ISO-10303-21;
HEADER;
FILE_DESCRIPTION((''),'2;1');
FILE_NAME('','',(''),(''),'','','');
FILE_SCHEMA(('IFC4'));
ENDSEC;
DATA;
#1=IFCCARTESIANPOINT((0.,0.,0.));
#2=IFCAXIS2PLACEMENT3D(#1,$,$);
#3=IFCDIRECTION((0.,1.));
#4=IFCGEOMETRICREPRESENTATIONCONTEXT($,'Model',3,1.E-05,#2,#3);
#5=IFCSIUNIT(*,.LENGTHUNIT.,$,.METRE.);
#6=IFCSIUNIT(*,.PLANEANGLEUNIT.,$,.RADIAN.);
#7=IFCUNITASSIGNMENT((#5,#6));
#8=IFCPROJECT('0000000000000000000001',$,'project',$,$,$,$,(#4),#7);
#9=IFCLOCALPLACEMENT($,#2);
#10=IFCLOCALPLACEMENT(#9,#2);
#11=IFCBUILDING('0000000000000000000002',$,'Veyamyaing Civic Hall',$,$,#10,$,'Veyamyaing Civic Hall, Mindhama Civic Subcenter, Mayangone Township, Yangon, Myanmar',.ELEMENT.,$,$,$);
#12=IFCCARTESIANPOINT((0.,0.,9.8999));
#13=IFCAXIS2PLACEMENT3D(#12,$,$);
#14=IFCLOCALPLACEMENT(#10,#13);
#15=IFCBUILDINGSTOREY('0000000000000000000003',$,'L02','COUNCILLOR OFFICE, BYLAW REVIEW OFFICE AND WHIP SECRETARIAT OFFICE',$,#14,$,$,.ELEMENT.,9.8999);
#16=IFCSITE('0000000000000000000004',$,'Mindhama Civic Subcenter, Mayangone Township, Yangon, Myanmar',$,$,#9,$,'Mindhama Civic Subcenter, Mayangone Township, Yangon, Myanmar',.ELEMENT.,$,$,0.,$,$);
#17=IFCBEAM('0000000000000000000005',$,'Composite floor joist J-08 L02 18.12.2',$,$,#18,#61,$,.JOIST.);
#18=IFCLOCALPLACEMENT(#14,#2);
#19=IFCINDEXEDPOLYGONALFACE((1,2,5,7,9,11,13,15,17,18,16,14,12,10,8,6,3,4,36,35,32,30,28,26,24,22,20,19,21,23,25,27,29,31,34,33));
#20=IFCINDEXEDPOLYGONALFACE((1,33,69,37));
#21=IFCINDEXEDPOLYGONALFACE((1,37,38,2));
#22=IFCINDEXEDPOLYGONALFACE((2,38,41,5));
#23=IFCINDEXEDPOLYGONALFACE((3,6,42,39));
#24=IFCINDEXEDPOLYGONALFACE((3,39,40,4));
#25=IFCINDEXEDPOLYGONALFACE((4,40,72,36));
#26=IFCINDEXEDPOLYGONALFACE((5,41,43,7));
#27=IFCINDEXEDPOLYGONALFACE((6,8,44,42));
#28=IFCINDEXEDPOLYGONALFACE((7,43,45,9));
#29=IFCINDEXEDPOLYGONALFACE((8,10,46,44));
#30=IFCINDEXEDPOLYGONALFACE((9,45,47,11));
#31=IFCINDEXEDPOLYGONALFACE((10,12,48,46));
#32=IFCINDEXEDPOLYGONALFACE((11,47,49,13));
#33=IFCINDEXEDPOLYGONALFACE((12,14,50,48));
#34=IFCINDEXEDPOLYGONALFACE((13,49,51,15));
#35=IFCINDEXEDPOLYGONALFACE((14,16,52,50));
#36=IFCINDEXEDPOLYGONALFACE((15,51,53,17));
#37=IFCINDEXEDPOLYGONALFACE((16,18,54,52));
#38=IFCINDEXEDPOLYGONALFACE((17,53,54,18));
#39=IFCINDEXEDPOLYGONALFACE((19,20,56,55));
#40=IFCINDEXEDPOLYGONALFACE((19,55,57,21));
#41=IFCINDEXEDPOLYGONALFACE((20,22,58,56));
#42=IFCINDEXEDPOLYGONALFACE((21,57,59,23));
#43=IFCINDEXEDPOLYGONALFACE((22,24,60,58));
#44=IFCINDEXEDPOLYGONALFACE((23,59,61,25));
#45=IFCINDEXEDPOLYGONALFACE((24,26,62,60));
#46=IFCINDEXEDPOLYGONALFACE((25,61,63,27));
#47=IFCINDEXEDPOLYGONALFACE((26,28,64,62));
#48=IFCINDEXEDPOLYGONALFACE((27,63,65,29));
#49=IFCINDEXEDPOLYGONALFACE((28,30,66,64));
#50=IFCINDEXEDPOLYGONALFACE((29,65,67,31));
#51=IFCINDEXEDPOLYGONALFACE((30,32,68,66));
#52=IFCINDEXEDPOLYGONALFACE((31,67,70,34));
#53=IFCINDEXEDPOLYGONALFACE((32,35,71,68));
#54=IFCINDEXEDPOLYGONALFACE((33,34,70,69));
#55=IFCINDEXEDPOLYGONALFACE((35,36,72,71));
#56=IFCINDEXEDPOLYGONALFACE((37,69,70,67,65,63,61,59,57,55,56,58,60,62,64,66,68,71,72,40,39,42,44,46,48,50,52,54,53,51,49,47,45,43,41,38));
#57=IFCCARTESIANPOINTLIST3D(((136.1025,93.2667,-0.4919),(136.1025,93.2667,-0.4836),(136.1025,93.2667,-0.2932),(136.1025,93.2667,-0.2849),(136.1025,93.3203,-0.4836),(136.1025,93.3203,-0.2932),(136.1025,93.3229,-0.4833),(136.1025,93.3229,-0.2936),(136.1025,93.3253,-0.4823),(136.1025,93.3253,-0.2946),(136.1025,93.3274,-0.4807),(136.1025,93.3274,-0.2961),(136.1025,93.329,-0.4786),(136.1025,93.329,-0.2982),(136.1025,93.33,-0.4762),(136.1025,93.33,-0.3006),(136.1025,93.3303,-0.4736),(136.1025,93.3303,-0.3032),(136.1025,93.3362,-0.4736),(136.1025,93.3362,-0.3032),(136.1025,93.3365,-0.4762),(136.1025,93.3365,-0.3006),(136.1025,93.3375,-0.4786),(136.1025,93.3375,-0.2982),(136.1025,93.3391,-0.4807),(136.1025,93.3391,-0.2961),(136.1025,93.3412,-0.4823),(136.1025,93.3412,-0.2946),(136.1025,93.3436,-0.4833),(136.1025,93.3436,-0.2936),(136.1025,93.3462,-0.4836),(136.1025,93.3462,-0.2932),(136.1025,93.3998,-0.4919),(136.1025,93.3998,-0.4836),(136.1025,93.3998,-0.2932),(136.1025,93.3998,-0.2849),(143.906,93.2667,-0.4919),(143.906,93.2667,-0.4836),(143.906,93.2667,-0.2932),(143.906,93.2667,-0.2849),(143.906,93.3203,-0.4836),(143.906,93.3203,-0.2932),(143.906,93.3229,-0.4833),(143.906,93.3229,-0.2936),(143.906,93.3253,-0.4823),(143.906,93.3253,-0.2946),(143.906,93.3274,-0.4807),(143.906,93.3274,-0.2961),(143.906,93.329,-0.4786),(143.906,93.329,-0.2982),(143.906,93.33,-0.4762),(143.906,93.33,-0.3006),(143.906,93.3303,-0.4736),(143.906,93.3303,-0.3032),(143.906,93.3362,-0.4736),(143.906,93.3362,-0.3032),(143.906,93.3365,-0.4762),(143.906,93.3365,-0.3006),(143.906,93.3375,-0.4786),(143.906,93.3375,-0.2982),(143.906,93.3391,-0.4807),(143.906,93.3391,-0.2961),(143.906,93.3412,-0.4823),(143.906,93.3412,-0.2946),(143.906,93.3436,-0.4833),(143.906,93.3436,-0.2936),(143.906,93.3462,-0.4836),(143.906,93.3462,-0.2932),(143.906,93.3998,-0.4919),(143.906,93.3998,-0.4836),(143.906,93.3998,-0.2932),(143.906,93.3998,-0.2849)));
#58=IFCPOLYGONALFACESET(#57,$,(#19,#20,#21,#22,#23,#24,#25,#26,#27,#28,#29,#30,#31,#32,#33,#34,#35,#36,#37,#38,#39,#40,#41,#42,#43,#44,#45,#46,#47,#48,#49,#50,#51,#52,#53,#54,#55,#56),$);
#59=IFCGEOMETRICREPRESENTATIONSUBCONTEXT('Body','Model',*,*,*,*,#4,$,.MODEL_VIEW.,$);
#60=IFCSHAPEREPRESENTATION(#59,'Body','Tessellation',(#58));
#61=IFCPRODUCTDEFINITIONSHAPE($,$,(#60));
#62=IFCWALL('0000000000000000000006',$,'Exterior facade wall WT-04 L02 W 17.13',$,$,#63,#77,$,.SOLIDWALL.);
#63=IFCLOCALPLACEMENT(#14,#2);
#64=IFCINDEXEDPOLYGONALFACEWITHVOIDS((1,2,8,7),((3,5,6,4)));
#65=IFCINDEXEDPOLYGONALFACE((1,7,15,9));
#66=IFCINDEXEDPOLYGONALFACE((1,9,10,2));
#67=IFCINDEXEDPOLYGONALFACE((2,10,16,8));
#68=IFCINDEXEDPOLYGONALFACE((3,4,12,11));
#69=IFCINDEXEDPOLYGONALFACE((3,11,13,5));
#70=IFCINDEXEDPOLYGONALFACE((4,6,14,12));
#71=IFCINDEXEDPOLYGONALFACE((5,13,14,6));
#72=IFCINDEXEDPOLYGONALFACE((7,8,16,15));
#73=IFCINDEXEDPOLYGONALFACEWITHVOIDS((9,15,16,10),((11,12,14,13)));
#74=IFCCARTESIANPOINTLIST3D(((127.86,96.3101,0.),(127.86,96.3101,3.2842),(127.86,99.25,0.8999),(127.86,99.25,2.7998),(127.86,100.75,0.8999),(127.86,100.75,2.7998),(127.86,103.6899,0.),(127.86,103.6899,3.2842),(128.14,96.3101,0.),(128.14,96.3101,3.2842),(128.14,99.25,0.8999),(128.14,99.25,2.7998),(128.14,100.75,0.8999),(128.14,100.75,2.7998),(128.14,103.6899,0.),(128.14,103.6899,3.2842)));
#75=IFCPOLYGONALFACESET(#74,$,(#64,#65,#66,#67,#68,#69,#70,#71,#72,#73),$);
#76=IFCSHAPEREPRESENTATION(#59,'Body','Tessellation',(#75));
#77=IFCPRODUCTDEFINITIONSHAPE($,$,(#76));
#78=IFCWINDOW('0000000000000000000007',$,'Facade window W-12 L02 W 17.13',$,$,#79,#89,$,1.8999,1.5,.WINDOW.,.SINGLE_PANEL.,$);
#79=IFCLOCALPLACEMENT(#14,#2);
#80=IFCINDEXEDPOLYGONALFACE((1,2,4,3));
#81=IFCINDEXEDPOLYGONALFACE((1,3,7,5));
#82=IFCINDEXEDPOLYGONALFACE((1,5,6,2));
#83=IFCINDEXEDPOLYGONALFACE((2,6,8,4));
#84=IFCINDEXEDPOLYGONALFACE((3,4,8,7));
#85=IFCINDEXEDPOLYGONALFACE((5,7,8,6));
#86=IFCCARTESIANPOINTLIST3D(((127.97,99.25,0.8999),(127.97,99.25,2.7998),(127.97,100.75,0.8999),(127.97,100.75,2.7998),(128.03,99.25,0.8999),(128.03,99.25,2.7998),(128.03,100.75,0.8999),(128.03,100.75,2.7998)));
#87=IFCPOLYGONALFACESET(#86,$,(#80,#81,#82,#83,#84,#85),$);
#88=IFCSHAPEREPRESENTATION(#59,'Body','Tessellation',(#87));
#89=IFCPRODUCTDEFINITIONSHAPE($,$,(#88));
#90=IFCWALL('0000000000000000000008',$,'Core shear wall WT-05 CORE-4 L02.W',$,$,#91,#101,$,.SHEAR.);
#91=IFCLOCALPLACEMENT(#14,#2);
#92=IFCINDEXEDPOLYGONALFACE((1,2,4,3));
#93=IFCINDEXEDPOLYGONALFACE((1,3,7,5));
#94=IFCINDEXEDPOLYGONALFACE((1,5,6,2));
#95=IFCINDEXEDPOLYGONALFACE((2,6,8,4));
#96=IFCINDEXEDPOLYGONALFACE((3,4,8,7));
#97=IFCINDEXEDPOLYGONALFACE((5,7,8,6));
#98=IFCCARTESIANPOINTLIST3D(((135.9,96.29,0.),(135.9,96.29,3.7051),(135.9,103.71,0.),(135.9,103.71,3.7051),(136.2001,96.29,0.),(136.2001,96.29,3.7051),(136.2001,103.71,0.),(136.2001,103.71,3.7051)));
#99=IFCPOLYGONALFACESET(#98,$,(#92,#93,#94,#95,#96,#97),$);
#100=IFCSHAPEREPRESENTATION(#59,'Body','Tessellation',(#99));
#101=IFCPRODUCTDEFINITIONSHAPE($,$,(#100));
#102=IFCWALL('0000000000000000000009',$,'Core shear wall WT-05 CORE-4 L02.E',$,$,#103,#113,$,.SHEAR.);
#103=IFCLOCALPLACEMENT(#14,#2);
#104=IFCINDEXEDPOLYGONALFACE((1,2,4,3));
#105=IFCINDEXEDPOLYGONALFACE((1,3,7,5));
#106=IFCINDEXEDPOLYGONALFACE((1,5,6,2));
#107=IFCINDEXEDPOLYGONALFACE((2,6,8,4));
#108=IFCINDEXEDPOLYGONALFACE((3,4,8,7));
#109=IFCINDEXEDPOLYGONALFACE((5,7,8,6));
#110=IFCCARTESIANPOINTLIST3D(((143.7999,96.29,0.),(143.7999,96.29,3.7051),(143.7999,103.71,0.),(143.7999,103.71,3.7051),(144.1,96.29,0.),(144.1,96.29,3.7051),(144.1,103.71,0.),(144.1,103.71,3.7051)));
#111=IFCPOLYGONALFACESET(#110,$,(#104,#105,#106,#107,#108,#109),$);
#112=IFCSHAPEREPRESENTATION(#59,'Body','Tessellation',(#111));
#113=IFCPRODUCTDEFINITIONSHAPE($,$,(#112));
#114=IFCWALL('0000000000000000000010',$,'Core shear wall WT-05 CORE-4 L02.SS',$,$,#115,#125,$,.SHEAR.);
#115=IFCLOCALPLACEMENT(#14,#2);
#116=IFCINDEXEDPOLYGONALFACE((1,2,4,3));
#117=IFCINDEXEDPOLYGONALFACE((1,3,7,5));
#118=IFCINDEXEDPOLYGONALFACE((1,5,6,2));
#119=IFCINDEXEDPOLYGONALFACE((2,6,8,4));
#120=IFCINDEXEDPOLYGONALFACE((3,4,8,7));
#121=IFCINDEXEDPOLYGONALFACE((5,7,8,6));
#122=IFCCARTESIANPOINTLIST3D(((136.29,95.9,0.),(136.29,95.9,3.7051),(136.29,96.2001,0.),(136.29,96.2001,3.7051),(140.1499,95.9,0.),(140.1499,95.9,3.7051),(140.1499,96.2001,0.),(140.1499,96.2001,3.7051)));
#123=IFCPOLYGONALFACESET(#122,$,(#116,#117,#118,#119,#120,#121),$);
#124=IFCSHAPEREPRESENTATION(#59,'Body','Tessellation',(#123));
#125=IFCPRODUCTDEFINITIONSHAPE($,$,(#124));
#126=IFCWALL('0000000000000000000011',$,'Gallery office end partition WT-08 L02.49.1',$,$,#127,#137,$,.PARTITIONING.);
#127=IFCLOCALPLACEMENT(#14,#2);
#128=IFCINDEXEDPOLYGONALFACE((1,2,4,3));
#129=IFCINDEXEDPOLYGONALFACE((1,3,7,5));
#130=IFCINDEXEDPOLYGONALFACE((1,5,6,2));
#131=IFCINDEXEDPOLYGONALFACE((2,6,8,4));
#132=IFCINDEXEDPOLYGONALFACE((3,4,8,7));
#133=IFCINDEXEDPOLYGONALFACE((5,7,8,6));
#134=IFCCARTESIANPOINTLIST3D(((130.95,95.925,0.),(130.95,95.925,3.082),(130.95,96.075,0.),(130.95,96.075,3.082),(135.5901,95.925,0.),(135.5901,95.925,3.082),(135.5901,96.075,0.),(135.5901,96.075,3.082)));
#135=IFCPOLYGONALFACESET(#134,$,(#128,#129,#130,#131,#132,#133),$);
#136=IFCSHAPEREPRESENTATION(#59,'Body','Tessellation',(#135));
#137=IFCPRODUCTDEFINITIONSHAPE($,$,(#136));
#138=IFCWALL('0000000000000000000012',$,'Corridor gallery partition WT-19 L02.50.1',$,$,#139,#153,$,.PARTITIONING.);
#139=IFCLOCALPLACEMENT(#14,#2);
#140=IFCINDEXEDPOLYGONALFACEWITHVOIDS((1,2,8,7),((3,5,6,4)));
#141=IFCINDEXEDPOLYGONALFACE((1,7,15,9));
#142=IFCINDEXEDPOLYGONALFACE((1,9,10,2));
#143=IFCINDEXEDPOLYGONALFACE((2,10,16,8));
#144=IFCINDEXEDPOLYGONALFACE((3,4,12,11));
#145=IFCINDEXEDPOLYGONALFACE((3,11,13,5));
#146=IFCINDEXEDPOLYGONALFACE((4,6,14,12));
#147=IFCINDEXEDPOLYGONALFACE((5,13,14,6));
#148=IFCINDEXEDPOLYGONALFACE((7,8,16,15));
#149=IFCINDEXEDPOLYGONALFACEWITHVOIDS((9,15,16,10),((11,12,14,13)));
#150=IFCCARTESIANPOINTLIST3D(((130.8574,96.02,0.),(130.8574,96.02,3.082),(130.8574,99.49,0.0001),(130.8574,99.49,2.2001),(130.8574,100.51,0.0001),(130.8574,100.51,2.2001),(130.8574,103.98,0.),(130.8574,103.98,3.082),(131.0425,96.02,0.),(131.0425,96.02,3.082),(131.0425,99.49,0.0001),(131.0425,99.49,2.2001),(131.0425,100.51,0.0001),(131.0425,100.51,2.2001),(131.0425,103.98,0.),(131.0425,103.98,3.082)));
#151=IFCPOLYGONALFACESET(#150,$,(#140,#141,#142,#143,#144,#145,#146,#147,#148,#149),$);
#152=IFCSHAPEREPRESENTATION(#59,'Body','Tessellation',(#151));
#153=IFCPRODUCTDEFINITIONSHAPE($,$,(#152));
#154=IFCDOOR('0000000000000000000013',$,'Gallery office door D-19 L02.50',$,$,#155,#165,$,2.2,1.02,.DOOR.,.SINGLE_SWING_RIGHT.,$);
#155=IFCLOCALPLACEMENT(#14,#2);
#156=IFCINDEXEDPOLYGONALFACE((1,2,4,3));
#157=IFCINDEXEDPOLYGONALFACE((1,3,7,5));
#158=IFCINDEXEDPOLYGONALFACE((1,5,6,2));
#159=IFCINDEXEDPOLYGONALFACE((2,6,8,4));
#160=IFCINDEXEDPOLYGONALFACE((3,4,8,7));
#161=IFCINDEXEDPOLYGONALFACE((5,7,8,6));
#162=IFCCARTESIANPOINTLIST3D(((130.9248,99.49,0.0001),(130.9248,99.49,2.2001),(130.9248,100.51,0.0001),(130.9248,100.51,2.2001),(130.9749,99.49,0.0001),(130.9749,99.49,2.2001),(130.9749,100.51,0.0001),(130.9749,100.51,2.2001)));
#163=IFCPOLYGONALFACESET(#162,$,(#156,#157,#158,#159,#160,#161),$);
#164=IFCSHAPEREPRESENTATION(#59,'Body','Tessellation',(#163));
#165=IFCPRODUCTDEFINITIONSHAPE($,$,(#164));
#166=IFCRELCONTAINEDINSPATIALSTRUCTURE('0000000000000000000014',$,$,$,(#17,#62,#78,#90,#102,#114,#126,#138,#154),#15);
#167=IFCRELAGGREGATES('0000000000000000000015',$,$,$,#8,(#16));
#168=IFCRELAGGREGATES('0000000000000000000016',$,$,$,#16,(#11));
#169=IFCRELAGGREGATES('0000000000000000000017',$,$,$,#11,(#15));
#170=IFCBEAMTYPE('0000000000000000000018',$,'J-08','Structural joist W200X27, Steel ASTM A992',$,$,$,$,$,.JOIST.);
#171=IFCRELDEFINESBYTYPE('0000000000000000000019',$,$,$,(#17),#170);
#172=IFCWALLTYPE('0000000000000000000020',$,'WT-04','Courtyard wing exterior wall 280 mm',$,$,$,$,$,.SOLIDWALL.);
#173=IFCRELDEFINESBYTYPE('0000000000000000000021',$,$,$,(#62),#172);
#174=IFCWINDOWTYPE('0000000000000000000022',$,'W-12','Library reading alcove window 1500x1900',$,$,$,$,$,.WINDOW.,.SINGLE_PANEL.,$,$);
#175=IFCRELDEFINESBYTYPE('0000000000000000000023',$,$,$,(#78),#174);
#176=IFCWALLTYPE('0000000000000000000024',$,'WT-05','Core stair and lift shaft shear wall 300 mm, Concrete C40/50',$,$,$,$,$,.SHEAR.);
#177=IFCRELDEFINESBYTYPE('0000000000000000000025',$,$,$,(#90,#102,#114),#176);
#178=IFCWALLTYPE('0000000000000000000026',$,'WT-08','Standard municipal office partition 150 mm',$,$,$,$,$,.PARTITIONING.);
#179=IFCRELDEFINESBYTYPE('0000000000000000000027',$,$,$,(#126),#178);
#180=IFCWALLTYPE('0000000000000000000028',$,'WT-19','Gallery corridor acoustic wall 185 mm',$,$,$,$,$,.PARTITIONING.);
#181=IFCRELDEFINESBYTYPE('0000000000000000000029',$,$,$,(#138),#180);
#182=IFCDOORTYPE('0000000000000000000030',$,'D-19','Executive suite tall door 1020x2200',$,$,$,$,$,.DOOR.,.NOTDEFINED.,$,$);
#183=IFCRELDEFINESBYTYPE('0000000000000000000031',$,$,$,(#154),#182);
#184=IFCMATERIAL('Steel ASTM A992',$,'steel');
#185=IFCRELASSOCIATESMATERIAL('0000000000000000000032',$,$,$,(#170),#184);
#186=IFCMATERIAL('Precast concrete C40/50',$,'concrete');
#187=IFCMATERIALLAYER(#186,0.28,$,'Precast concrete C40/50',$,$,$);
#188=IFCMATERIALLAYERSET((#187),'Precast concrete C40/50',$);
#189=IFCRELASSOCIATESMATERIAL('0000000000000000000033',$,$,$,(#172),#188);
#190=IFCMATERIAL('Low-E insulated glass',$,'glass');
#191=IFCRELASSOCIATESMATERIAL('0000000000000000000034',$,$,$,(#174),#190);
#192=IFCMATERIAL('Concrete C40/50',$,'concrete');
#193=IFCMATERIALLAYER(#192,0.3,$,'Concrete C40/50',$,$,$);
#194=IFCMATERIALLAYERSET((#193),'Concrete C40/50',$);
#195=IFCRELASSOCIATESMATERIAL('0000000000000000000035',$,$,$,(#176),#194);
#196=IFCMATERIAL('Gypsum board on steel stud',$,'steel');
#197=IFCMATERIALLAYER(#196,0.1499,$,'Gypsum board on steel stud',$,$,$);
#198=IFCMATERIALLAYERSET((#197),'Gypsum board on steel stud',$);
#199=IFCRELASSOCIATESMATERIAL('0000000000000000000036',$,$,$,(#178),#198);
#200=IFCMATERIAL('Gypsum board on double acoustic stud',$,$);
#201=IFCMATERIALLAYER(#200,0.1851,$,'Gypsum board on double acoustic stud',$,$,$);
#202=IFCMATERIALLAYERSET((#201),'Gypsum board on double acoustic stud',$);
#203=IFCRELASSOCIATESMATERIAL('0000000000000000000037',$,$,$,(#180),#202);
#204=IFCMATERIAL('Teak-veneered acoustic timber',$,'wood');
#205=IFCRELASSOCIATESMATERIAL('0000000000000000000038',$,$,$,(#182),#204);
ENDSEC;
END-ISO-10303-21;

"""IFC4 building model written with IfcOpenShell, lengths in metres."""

from ifc_helpers import new_model, si_unit, direction, frame, frame_2d, origin, origin_2d, place, context, subcontext, project, spatial, rectangle, i_section, extrude, material, layer, layer_set, material_profile, profile_set, type_object, element, fill, save


model = new_model("IFC4")

# Units and contexts
model_context = context("Model", 3, precision=1e-05, world=origin(), true_north=direction((0.0, 1.0)))
body_context = subcontext(model_context, "Body", "Model", "MODEL_VIEW")
ifc_project = project(units=[si_unit("LENGTHUNIT", "METRE"), si_unit("PLANEANGLEUNIT", "RADIAN")], contexts=[model_context])

# Site, building, storey
site_placement = place(None, origin())
site = spatial("IfcSite", under=ifc_project, at=site_placement, Name="Mindhama Civic Subcenter, Mayangone Township, Yangon, Myanmar", LongName="Mindhama Civic Subcenter, Mayangone Township, Yangon, Myanmar", CompositionType="ELEMENT", RefElevation=0.0)
building_placement = place(site_placement, origin())
building = spatial("IfcBuilding", under=site, at=building_placement, Name="Veyamyaing Civic Hall", LongName="Veyamyaing Civic Hall, Mindhama Civic Subcenter, Mayangone Township, Yangon, Myanmar", CompositionType="ELEMENT")
storey_placement = place(building_placement, frame((0.0, 0.0, 9.8999)))
storey = spatial("IfcBuildingStorey", under=building, at=storey_placement, Name="L02", Description="COUNCILLOR OFFICE, BYLAW REVIEW OFFICE AND WHIP SECRETARIAT OFFICE", CompositionType="ELEMENT", Elevation=9.8999)

# Shared definitions
ifc_material_1 = material(Name="Steel ASTM A992", Category="steel")

# Beam
ifc_material_profile_1 = material_profile(ifc_material_1, i_section(OverallWidth=0.1331, OverallDepth=0.207, WebThickness=0.0059, FlangeThickness=0.0083, FilletRadius=0.01, at=origin_2d()), Name="W200X27")
ifc_profile_set_1 = profile_set([ifc_material_profile_1], Name="Steel ASTM A992")
beam_type_1 = type_object("IfcBeamType", Name="J-08", Description="Structural joist W200X27, Steel ASTM A992", PredefinedType="JOIST", material=ifc_profile_set_1)
beam_1_placement = place(storey_placement, frame((136.1025, 93.3333, -0.3884), z_axis=(1.0, 0.0, 0.0), x_axis=(0.0, 1.0, 0.0)))
element("IfcBeam", 1, at=beam_1_placement, inside=storey, type_object=beam_type_1, Name="Composite floor joist J-08 L02 18.12.2", PredefinedType="JOIST", context=body_context, shape_type="SweptSolid", body=[
    extrude(i_section(OverallWidth=0.1331, OverallDepth=0.207, WebThickness=0.0059, FlangeThickness=0.0083, FilletRadius=0.01, at=origin_2d()), origin(), (0.0, 0.0, 1.0), 7.8035),
])

# Wall, opening, window
ifc_material_2 = material(Name="Precast concrete C40/50", Category="concrete")
ifc_layer_1 = layer(ifc_material_2, 0.28, Name="Precast concrete C40/50")
ifc_layer_set_1 = layer_set([ifc_layer_1], Name="Precast concrete C40/50")
wall_type_1 = type_object("IfcWallType", Name="WT-04", Description="Courtyard wing exterior wall 280 mm", PredefinedType="SOLIDWALL", material=ifc_layer_set_1)
wall_1_placement = place(storey_placement, frame((128.0, 96.3101, 0.0), z_axis=(0.0, 0.0, 1.0), x_axis=(0.0, 1.0, 0.0)))
wall_1 = element("IfcWall", 2, at=wall_1_placement, inside=storey, type_object=wall_type_1, Name="Exterior facade wall WT-04 L02 W 17.13", PredefinedType="SOLIDWALL", context=body_context, shape_type="SweptSolid", body=[
    extrude(rectangle(XDim=7.3799, YDim=0.28, at=frame_2d((3.6899, 0.0))), origin(), (0.0, 0.0, 1.0), 3.2842),
])
opening_1_placement = place(wall_1_placement, frame((2.9399, 0.0, 0.8999)))
opening_1 = element("IfcOpeningElement", 3, at=opening_1_placement, cuts=wall_1, PredefinedType="OPENING", context=body_context, shape_type="SweptSolid", body=[
    extrude(rectangle(XDim=1.5, YDim=1.8999, at=frame_2d((0.75, 0.95))), frame((0.0, 0.1499, 0.0), z_axis=(0.0, -1.0, 0.0), x_axis=(1.0, 0.0, 0.0)), (0.0, 0.0, 1.0), 0.3),
])
ifc_material_3 = material(Name="Low-E insulated glass", Category="glass")
window_type = type_object("IfcWindowType", Name="W-12", Description="Library reading alcove window 1500x1900", PartitioningType="SINGLE_PANEL", PredefinedType="WINDOW", material=ifc_material_3)
window_placement = place(opening_1_placement, origin())
window = element("IfcWindow", 4, at=window_placement, inside=storey, type_object=window_type, Name="Facade window W-12 L02 W 17.13", OverallHeight=1.8999, OverallWidth=1.5, PartitioningType="SINGLE_PANEL", PredefinedType="WINDOW", context=body_context, shape_type="SweptSolid", body=[
    extrude(rectangle(XDim=1.5, YDim=1.8999, at=frame_2d((0.75, 0.95))), frame((0.0, 0.03, 0.0), z_axis=(0.0, -1.0, 0.0), x_axis=(1.0, 0.0, 0.0)), (0.0, 0.0, 1.0), 0.0601),
])
fill(opening_1, window)

# Walls
ifc_material_4 = material(Name="Concrete C40/50", Category="concrete")
ifc_layer_2 = layer(ifc_material_4, 0.3, Name="Concrete C40/50")
ifc_layer_set_2 = layer_set([ifc_layer_2], Name="Concrete C40/50")
wall_type_2 = type_object("IfcWallType", Name="WT-05", Description="Core stair and lift shaft shear wall 300 mm, Concrete C40/50", PredefinedType="SHEAR", material=ifc_layer_set_2)
for number, where, z_axis, x_axis, name in (
    (5, (136.05, 96.29, 0.0), (0.0, 0.0, 1.0), (0.0, 1.0, 0.0), "Core shear wall WT-05 CORE-4 L02.W"),
    (6, (143.95, 96.29, 0.0), (0.0, 0.0, 1.0), (0.0, 1.0, 0.0), "Core shear wall WT-05 CORE-4 L02.E"),
):
    element("IfcWall", number, at=place(storey_placement, frame(where, z_axis=z_axis, x_axis=x_axis)), inside=storey, type_object=wall_type_2, Name=name, PredefinedType="SHEAR", context=body_context, shape_type="SweptSolid", body=[
        extrude(rectangle(XDim=7.4199, YDim=0.3, at=frame_2d((3.71, 0.0))), origin(), (0.0, 0.0, 1.0), 3.7051),
    ])
wall_2_placement = place(storey_placement, frame((136.29, 96.05, 0.0), z_axis=(0.0, 0.0, 1.0), x_axis=(1.0, 0.0, 0.0)))
element("IfcWall", 7, at=wall_2_placement, inside=storey, type_object=wall_type_2, Name="Core shear wall WT-05 CORE-4 L02.SS", PredefinedType="SHEAR", context=body_context, shape_type="SweptSolid", body=[
    extrude(rectangle(XDim=3.8599, YDim=0.3, at=frame_2d((1.9299, 0.0))), origin(), (0.0, 0.0, 1.0), 3.7051),
])

# Wall
ifc_material_5 = material(Name="Gypsum board on steel stud", Category="steel")
ifc_layer_3 = layer(ifc_material_5, 0.1499, Name="Gypsum board on steel stud")
ifc_layer_set_3 = layer_set([ifc_layer_3], Name="Gypsum board on steel stud")
wall_type_3 = type_object("IfcWallType", Name="WT-08", Description="Standard municipal office partition 150 mm", PredefinedType="PARTITIONING", material=ifc_layer_set_3)
wall_3_placement = place(storey_placement, frame((130.95, 96.0, 0.0), z_axis=(0.0, 0.0, 1.0), x_axis=(1.0, 0.0, 0.0)))
element("IfcWall", 8, at=wall_3_placement, inside=storey, type_object=wall_type_3, Name="Gallery office end partition WT-08 L02.49.1", PredefinedType="PARTITIONING", context=body_context, shape_type="SweptSolid", body=[
    extrude(rectangle(XDim=4.6401, YDim=0.1499, at=frame_2d((2.3201, 0.0))), origin(), (0.0, 0.0, 1.0), 3.082),
])

# Wall, opening, door
ifc_material_6 = material(Name="Gypsum board on double acoustic stud")
ifc_layer_4 = layer(ifc_material_6, 0.1851, Name="Gypsum board on double acoustic stud")
ifc_layer_set_4 = layer_set([ifc_layer_4], Name="Gypsum board on double acoustic stud")
wall_type_4 = type_object("IfcWallType", Name="WT-19", Description="Gallery corridor acoustic wall 185 mm", PredefinedType="PARTITIONING", material=ifc_layer_set_4)
wall_4_placement = place(storey_placement, frame((130.95, 96.02, 0.0), z_axis=(0.0, 0.0, 1.0), x_axis=(0.0, 1.0, 0.0)))
wall_4 = element("IfcWall", 9, at=wall_4_placement, inside=storey, type_object=wall_type_4, Name="Corridor gallery partition WT-19 L02.50.1", PredefinedType="PARTITIONING", context=body_context, shape_type="SweptSolid", body=[
    extrude(rectangle(XDim=7.96, YDim=0.1851, at=frame_2d((3.98, 0.0))), origin(), (0.0, 0.0, 1.0), 3.082),
])
opening_2_placement = place(wall_4_placement, frame((3.47, 0.0, 0.0)))
opening_2 = element("IfcOpeningElement", 10, at=opening_2_placement, cuts=wall_4, PredefinedType="OPENING", context=body_context, shape_type="SweptSolid", body=[
    extrude(rectangle(XDim=1.02, YDim=2.2, at=frame_2d((0.51, 1.1001))), frame((0.0, 0.1025, 0.0), z_axis=(0.0, -1.0, 0.0), x_axis=(1.0, 0.0, 0.0)), (0.0, 0.0, 1.0), 0.2051),
])
ifc_material_7 = material(Name="Teak-veneered acoustic timber", Category="wood")
door_type_1 = type_object("IfcDoorType", Name="D-19", Description="Executive suite tall door 1020x2200", OperationType="NOTDEFINED", PredefinedType="DOOR", material=ifc_material_7)
door_1_placement = place(opening_2_placement, frame((1.02, 0.0, 0.0), z_axis=(0.0, 0.0, 1.0), x_axis=(-1.0, 0.0, 0.0)))
door_1 = element("IfcDoor", 11, at=door_1_placement, inside=storey, type_object=door_type_1, Name="Gallery office door D-19 L02.50", OperationType="SINGLE_SWING_RIGHT", OverallHeight=2.2, OverallWidth=1.02, PredefinedType="DOOR", context=body_context, shape_type="SweptSolid", body=[
    extrude(rectangle(XDim=1.02, YDim=2.2, at=frame_2d((0.51, 1.1001))), frame((0.0, 0.0249, 0.0), z_axis=(0.0, -1.0, 0.0), x_axis=(1.0, 0.0, 0.0)), (0.0, 0.0, 1.0), 0.05),
])
fill(opening_2, door_1)

save(model, "model.ifc")
